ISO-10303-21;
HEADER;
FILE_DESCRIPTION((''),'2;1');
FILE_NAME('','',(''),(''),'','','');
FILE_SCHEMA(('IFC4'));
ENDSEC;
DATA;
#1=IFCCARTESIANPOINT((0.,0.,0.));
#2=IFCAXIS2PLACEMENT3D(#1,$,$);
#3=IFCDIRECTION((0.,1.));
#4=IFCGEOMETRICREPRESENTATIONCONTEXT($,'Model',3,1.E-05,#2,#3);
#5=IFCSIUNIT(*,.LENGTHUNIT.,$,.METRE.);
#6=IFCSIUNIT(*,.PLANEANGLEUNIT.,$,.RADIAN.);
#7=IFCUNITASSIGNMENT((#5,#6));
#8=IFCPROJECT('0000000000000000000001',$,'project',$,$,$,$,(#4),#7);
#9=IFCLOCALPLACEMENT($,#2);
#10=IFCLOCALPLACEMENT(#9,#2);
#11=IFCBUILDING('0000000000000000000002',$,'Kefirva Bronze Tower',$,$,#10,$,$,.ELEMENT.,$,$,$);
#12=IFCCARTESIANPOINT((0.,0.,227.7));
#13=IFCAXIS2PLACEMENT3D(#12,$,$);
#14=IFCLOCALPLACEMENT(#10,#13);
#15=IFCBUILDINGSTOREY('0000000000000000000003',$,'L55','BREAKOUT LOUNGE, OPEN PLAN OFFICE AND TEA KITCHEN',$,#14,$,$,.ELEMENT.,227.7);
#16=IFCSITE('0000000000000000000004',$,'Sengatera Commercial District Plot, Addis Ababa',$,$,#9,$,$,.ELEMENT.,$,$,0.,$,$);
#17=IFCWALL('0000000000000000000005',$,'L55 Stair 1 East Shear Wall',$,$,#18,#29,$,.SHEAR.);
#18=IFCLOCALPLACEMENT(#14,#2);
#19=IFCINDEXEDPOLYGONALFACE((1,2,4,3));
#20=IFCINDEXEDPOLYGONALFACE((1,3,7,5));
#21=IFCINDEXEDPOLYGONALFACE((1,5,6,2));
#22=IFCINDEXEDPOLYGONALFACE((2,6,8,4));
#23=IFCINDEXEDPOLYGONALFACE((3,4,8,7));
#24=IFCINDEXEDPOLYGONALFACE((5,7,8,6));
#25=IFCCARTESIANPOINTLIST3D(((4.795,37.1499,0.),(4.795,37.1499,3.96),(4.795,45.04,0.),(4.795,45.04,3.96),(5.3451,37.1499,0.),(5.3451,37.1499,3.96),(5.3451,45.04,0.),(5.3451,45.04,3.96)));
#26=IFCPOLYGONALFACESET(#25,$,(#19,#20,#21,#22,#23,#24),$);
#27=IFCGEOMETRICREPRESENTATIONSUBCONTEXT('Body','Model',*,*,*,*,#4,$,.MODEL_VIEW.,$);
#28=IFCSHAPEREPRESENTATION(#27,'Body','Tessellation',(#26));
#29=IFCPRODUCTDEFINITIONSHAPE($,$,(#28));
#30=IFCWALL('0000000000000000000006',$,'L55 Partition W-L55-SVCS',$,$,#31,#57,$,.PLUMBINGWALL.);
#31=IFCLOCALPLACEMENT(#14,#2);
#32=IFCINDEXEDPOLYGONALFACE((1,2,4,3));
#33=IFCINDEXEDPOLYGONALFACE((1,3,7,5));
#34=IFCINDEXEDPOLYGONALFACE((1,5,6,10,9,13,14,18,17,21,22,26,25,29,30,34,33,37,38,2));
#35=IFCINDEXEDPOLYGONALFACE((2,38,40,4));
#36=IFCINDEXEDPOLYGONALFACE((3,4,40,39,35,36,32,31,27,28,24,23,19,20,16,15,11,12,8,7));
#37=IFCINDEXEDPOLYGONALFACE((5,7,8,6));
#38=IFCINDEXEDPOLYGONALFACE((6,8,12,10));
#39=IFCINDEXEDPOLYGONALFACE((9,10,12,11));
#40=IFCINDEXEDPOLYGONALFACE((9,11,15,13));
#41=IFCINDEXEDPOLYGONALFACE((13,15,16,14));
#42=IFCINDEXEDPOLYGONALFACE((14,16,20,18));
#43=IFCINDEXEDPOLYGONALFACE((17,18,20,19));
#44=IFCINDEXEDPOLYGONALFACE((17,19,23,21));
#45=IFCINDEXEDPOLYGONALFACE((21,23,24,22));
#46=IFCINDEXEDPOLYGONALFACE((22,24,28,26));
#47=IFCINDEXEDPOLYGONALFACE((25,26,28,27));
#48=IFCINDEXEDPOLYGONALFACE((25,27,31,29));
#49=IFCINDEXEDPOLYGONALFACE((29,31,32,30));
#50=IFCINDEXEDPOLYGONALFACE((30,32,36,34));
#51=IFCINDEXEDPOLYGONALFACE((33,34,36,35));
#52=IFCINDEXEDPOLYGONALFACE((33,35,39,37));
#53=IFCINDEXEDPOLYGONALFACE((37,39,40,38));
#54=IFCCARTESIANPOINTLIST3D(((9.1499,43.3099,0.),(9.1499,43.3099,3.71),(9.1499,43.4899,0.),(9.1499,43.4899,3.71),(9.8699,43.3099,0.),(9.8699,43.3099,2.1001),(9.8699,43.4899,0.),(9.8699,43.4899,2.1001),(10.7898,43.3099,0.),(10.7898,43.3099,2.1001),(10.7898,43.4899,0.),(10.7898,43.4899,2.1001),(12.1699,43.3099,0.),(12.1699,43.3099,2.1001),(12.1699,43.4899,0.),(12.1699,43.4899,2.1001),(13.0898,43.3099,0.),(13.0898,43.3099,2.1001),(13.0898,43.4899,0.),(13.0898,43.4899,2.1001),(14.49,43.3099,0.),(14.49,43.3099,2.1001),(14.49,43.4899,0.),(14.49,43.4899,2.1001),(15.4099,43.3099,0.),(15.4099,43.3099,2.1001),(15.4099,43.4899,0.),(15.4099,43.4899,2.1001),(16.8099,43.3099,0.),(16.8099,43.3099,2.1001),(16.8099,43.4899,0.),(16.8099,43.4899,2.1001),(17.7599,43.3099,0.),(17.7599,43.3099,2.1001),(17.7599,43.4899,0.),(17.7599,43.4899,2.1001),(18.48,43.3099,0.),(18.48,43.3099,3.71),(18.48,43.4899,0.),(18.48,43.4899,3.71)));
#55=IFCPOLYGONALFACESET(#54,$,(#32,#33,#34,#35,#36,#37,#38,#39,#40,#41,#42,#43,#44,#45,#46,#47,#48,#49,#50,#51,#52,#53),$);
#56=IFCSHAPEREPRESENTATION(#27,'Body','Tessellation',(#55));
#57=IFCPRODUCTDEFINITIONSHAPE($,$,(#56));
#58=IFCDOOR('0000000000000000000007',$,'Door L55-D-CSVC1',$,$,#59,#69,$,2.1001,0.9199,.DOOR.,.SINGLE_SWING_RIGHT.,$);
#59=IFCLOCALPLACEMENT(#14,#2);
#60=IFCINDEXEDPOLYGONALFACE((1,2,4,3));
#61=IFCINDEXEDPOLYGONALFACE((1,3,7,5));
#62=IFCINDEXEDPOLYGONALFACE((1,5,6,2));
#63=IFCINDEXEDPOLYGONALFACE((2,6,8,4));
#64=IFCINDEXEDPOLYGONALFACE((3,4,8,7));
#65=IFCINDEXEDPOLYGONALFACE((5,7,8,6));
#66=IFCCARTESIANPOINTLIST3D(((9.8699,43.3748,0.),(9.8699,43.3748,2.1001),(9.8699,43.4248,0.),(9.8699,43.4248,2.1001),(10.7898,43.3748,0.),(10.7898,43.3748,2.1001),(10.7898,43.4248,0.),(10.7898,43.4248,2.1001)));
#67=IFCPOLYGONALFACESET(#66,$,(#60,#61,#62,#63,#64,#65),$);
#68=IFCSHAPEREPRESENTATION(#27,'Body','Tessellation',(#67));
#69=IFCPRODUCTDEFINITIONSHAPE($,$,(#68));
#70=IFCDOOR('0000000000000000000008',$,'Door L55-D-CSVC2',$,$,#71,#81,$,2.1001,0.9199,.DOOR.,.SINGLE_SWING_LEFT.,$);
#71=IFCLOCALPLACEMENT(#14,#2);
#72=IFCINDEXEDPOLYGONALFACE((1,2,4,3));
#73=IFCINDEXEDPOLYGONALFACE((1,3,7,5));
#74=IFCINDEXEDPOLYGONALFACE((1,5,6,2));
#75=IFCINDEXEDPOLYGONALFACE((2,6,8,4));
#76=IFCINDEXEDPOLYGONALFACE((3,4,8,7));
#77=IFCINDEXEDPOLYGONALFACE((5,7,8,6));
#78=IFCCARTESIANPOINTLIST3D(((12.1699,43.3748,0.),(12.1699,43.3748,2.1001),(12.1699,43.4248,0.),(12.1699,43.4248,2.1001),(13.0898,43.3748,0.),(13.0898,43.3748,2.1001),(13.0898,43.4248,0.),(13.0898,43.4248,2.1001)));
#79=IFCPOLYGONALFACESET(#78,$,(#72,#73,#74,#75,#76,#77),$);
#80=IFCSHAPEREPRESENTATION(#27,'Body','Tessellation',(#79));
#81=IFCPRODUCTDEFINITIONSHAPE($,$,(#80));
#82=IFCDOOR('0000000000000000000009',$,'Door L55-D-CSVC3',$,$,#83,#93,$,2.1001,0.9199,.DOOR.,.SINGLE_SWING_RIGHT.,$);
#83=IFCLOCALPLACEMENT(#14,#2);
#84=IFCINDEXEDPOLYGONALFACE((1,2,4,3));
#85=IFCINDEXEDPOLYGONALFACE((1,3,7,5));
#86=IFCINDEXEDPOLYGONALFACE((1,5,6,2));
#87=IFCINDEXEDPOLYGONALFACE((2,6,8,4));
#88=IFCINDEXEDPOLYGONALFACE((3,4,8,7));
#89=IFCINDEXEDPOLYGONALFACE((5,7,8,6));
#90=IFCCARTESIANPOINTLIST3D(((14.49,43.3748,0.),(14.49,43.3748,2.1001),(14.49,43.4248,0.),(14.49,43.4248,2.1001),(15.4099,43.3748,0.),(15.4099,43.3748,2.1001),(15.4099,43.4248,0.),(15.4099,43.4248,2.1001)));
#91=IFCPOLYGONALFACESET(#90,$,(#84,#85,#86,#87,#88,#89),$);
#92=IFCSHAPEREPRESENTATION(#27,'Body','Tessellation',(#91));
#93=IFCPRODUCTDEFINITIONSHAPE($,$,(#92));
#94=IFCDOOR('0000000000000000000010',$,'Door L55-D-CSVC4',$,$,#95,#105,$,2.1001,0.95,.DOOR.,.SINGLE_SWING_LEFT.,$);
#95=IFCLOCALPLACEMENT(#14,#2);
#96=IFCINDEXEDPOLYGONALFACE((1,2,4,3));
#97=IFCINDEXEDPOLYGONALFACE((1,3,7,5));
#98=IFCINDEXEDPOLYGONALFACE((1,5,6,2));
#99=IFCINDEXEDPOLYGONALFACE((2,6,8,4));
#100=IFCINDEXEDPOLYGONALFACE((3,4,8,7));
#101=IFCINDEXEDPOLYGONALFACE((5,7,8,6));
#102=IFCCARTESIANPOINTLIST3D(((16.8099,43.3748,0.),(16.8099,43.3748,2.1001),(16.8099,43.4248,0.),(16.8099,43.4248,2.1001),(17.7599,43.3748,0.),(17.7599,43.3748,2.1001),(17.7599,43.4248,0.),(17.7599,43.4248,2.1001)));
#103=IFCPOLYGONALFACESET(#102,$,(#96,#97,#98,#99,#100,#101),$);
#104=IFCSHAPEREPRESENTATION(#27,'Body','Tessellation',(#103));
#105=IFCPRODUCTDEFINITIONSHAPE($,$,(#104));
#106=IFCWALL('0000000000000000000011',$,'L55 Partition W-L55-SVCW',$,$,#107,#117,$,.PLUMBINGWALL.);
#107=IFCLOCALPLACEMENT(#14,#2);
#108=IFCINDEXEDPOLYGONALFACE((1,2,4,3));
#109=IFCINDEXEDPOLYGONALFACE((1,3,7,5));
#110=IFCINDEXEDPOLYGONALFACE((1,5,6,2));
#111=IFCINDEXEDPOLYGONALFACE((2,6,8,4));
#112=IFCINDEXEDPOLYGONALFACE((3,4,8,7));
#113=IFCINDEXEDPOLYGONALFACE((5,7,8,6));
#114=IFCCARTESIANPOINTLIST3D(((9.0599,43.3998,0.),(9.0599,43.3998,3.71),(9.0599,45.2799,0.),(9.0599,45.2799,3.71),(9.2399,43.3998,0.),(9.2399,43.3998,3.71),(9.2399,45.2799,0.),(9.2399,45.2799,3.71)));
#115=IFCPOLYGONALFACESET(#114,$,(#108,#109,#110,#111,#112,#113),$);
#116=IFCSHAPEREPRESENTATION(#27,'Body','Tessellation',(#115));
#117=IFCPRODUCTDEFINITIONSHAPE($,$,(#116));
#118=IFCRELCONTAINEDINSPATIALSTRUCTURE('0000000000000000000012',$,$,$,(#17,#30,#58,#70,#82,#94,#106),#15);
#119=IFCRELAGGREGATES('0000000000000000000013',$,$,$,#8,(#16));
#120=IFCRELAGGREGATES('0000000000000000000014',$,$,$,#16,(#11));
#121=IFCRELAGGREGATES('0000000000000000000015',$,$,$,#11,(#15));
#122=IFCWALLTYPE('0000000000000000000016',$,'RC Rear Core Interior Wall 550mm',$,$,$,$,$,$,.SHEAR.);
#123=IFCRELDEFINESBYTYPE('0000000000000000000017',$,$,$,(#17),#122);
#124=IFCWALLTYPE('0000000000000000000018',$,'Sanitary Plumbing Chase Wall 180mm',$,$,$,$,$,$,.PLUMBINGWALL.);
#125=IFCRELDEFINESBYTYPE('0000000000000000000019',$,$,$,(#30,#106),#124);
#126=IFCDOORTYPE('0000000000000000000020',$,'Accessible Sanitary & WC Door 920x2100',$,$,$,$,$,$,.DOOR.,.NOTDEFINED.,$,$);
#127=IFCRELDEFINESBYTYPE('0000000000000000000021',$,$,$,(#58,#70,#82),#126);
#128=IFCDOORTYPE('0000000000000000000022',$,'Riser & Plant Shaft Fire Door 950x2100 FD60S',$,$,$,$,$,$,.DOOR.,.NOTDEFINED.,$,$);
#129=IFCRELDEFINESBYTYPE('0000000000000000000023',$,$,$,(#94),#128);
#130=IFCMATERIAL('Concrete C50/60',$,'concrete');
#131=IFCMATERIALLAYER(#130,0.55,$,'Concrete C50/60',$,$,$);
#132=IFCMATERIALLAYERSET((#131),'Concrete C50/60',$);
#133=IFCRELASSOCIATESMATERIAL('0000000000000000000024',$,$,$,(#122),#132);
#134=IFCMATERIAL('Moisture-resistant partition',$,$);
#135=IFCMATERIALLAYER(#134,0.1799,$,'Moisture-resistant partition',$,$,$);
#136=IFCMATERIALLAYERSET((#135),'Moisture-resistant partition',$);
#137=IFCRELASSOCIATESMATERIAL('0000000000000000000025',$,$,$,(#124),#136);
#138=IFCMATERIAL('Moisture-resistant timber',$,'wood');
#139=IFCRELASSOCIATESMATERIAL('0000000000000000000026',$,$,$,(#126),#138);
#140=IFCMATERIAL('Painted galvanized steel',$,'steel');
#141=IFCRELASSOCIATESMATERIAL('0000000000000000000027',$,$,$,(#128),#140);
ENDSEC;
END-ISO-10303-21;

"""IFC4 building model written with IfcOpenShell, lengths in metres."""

from ifc_helpers import new_model, si_unit, direction, frame, frame_2d, origin, place, context, subcontext, project, spatial, rectangle, extrude, material, layer, layer_set, type_object, element, fill, save


model = new_model("IFC4")

# Units and contexts
model_context = context("Model", 3, precision=1e-05, world=origin(), true_north=direction((0.0, 1.0)))
body_context = subcontext(model_context, "Body", "Model", "MODEL_VIEW")
ifc_project = project(units=[si_unit("LENGTHUNIT", "METRE"), si_unit("PLANEANGLEUNIT", "RADIAN")], contexts=[model_context])

# Site, building, storey
site_placement = place(None, origin())
site = spatial("IfcSite", under=ifc_project, at=site_placement, Name="Sengatera Commercial District Plot, Addis Ababa", CompositionType="ELEMENT", RefElevation=0.0)
building_placement = place(site_placement, origin())
building = spatial("IfcBuilding", under=site, at=building_placement, Name="Kefirva Bronze Tower", CompositionType="ELEMENT")
storey_placement = place(building_placement, frame((0.0, 0.0, 227.7)))
storey = spatial("IfcBuildingStorey", under=building, at=storey_placement, Name="L55", Description="BREAKOUT LOUNGE, OPEN PLAN OFFICE AND TEA KITCHEN", CompositionType="ELEMENT", Elevation=227.7)

# Wall
ifc_material_1 = material(Name="Concrete C50/60", Category="concrete")
ifc_layer_1 = layer(ifc_material_1, 0.55, Name="Concrete C50/60")
ifc_layer_set_1 = layer_set([ifc_layer_1], Name="Concrete C50/60")
wall_type_1 = type_object("IfcWallType", Name="RC Rear Core Interior Wall 550mm", PredefinedType="SHEAR", material=ifc_layer_set_1)
wall_1_placement = place(storey_placement, frame((5.0701, 37.1499, 0.0), z_axis=(0.0, 0.0, 1.0), x_axis=(0.0, 1.0, 0.0)))
element("IfcWall", 1, at=wall_1_placement, inside=storey, type_object=wall_type_1, Name="L55 Stair 1 East Shear Wall", PredefinedType="SHEAR", context=body_context, shape_type="SweptSolid", body=[
    extrude(rectangle(XDim=7.8901, YDim=0.55, at=frame_2d((3.9451, 0.0))), origin(), (0.0, 0.0, 1.0), 3.96),
])

# Wall, openings, doors
ifc_material_2 = material(Name="Moisture-resistant partition")
ifc_layer_2 = layer(ifc_material_2, 0.1799, Name="Moisture-resistant partition")
ifc_layer_set_2 = layer_set([ifc_layer_2], Name="Moisture-resistant partition")
wall_type_2 = type_object("IfcWallType", Name="Sanitary Plumbing Chase Wall 180mm", PredefinedType="PLUMBINGWALL", material=ifc_layer_set_2)
wall_2_placement = place(storey_placement, frame((9.1499, 43.3999, 0.0), z_axis=(0.0, 0.0, 1.0), x_axis=(1.0, 0.0, 0.0)))
wall_2 = element("IfcWall", 2, at=wall_2_placement, inside=storey, type_object=wall_type_2, Name="L55 Partition W-L55-SVCS", PredefinedType="PLUMBINGWALL", context=body_context, shape_type="SweptSolid", body=[
    extrude(rectangle(XDim=9.3301, YDim=0.1799, at=frame_2d((4.665, 0.0))), origin(), (0.0, 0.0, 1.0), 3.71),
])
opening_1_placement = place(wall_2_placement, frame((0.72, 0.0, 0.0)))
opening_1 = element("IfcOpeningElement", 3, at=opening_1_placement, cuts=wall_2, PredefinedType="OPENING", context=body_context, shape_type="SweptSolid", body=[
    extrude(rectangle(XDim=0.9199, YDim=2.1001, at=frame_2d((0.46, 1.05))), frame((0.0, 0.1001, 0.0), z_axis=(0.0, -1.0, 0.0), x_axis=(1.0, 0.0, 0.0)), (0.0, 0.0, 1.0), 0.2),
])
opening_2_placement = place(wall_2_placement, frame((3.02, 0.0, 0.0)))
opening_2 = element("IfcOpeningElement", 4, at=opening_2_placement, cuts=wall_2, PredefinedType="OPENING", context=body_context, shape_type="SweptSolid", body=[
    extrude(rectangle(XDim=0.9199, YDim=2.1001, at=frame_2d((0.46, 1.05))), frame((0.0, 0.1001, 0.0), z_axis=(0.0, -1.0, 0.0), x_axis=(1.0, 0.0, 0.0)), (0.0, 0.0, 1.0), 0.2),
])
opening_3_placement = place(wall_2_placement, frame((5.3401, 0.0, 0.0)))
opening_3 = element("IfcOpeningElement", 5, at=opening_3_placement, cuts=wall_2, PredefinedType="OPENING", context=body_context, shape_type="SweptSolid", body=[
    extrude(rectangle(XDim=0.9199, YDim=2.1001, at=frame_2d((0.46, 1.05))), frame((0.0, 0.1001, 0.0), z_axis=(0.0, -1.0, 0.0), x_axis=(1.0, 0.0, 0.0)), (0.0, 0.0, 1.0), 0.2),
])
opening_4_placement = place(wall_2_placement, frame((7.6599, 0.0, 0.0)))
opening_4 = element("IfcOpeningElement", 6, at=opening_4_placement, cuts=wall_2, PredefinedType="OPENING", context=body_context, shape_type="SweptSolid", body=[
    extrude(rectangle(XDim=0.95, YDim=2.1001, at=frame_2d((0.4751, 1.05))), frame((0.0, 0.1001, 0.0), z_axis=(0.0, -1.0, 0.0), x_axis=(1.0, 0.0, 0.0)), (0.0, 0.0, 1.0), 0.2),
])
ifc_material_3 = material(Name="Moisture-resistant timber", Category="wood")
door_type_1 = type_object("IfcDoorType", Name="Accessible Sanitary & WC Door 920x2100", OperationType="NOTDEFINED", PredefinedType="DOOR", material=ifc_material_3)
door_1_placement = place(opening_1_placement, origin())
door_1 = element("IfcDoor", 7, at=door_1_placement, inside=storey, type_object=door_type_1, Name="Door L55-D-CSVC1", OperationType="SINGLE_SWING_RIGHT", OverallHeight=2.1001, OverallWidth=0.9199, PredefinedType="DOOR", context=body_context, shape_type="SweptSolid", body=[
    extrude(rectangle(XDim=0.9199, YDim=2.1001, at=frame_2d((0.46, 1.05))), frame((0.0, 0.0249, 0.0), z_axis=(0.0, -1.0, 0.0), x_axis=(1.0, 0.0, 0.0)), (0.0, 0.0, 1.0), 0.05),
])
fill(opening_1, door_1)
door_2_placement = place(opening_2_placement, origin())
door_2 = element("IfcDoor", 8, at=door_2_placement, inside=storey, type_object=door_type_1, Name="Door L55-D-CSVC2", OperationType="SINGLE_SWING_LEFT", OverallHeight=2.1001, OverallWidth=0.9199, PredefinedType="DOOR", context=body_context, shape_type="SweptSolid", body=[
    extrude(rectangle(XDim=0.9199, YDim=2.1001, at=frame_2d((0.46, 1.05))), frame((0.0, 0.0249, 0.0), z_axis=(0.0, -1.0, 0.0), x_axis=(1.0, 0.0, 0.0)), (0.0, 0.0, 1.0), 0.05),
])
fill(opening_2, door_2)
door_3_placement = place(opening_3_placement, origin())
door_3 = element("IfcDoor", 9, at=door_3_placement, inside=storey, type_object=door_type_1, Name="Door L55-D-CSVC3", OperationType="SINGLE_SWING_RIGHT", OverallHeight=2.1001, OverallWidth=0.9199, PredefinedType="DOOR", context=body_context, shape_type="SweptSolid", body=[
    extrude(rectangle(XDim=0.9199, YDim=2.1001, at=frame_2d((0.46, 1.05))), frame((0.0, 0.0249, 0.0), z_axis=(0.0, -1.0, 0.0), x_axis=(1.0, 0.0, 0.0)), (0.0, 0.0, 1.0), 0.05),
])
fill(opening_3, door_3)
ifc_material_4 = material(Name="Painted galvanized steel", Category="steel")
door_type_2 = type_object("IfcDoorType", Name="Riser & Plant Shaft Fire Door 950x2100 FD60S", OperationType="NOTDEFINED", PredefinedType="DOOR", material=ifc_material_4)
door_4_placement = place(opening_4_placement, origin())
door_4 = element("IfcDoor", 10, at=door_4_placement, inside=storey, type_object=door_type_2, Name="Door L55-D-CSVC4", OperationType="SINGLE_SWING_LEFT", OverallHeight=2.1001, OverallWidth=0.95, PredefinedType="DOOR", context=body_context, shape_type="SweptSolid", body=[
    extrude(rectangle(XDim=0.95, YDim=2.1001, at=frame_2d((0.4751, 1.05))), frame((0.0, 0.0249, 0.0), z_axis=(0.0, -1.0, 0.0), x_axis=(1.0, 0.0, 0.0)), (0.0, 0.0, 1.0), 0.05),
])
fill(opening_4, door_4)

# Wall
wall_3_placement = place(storey_placement, frame((9.1499, 43.3999, 0.0), z_axis=(0.0, 0.0, 1.0), x_axis=(0.0, 1.0, 0.0)))
element("IfcWall", 11, at=wall_3_placement, inside=storey, type_object=wall_type_2, Name="L55 Partition W-L55-SVCW", PredefinedType="PLUMBINGWALL", context=body_context, shape_type="SweptSolid", body=[
    extrude(rectangle(XDim=1.8801, YDim=0.1799, at=frame_2d((0.9399, 0.0))), origin(), (0.0, 0.0, 1.0), 3.71),
])

save(model, "model.ifc")
